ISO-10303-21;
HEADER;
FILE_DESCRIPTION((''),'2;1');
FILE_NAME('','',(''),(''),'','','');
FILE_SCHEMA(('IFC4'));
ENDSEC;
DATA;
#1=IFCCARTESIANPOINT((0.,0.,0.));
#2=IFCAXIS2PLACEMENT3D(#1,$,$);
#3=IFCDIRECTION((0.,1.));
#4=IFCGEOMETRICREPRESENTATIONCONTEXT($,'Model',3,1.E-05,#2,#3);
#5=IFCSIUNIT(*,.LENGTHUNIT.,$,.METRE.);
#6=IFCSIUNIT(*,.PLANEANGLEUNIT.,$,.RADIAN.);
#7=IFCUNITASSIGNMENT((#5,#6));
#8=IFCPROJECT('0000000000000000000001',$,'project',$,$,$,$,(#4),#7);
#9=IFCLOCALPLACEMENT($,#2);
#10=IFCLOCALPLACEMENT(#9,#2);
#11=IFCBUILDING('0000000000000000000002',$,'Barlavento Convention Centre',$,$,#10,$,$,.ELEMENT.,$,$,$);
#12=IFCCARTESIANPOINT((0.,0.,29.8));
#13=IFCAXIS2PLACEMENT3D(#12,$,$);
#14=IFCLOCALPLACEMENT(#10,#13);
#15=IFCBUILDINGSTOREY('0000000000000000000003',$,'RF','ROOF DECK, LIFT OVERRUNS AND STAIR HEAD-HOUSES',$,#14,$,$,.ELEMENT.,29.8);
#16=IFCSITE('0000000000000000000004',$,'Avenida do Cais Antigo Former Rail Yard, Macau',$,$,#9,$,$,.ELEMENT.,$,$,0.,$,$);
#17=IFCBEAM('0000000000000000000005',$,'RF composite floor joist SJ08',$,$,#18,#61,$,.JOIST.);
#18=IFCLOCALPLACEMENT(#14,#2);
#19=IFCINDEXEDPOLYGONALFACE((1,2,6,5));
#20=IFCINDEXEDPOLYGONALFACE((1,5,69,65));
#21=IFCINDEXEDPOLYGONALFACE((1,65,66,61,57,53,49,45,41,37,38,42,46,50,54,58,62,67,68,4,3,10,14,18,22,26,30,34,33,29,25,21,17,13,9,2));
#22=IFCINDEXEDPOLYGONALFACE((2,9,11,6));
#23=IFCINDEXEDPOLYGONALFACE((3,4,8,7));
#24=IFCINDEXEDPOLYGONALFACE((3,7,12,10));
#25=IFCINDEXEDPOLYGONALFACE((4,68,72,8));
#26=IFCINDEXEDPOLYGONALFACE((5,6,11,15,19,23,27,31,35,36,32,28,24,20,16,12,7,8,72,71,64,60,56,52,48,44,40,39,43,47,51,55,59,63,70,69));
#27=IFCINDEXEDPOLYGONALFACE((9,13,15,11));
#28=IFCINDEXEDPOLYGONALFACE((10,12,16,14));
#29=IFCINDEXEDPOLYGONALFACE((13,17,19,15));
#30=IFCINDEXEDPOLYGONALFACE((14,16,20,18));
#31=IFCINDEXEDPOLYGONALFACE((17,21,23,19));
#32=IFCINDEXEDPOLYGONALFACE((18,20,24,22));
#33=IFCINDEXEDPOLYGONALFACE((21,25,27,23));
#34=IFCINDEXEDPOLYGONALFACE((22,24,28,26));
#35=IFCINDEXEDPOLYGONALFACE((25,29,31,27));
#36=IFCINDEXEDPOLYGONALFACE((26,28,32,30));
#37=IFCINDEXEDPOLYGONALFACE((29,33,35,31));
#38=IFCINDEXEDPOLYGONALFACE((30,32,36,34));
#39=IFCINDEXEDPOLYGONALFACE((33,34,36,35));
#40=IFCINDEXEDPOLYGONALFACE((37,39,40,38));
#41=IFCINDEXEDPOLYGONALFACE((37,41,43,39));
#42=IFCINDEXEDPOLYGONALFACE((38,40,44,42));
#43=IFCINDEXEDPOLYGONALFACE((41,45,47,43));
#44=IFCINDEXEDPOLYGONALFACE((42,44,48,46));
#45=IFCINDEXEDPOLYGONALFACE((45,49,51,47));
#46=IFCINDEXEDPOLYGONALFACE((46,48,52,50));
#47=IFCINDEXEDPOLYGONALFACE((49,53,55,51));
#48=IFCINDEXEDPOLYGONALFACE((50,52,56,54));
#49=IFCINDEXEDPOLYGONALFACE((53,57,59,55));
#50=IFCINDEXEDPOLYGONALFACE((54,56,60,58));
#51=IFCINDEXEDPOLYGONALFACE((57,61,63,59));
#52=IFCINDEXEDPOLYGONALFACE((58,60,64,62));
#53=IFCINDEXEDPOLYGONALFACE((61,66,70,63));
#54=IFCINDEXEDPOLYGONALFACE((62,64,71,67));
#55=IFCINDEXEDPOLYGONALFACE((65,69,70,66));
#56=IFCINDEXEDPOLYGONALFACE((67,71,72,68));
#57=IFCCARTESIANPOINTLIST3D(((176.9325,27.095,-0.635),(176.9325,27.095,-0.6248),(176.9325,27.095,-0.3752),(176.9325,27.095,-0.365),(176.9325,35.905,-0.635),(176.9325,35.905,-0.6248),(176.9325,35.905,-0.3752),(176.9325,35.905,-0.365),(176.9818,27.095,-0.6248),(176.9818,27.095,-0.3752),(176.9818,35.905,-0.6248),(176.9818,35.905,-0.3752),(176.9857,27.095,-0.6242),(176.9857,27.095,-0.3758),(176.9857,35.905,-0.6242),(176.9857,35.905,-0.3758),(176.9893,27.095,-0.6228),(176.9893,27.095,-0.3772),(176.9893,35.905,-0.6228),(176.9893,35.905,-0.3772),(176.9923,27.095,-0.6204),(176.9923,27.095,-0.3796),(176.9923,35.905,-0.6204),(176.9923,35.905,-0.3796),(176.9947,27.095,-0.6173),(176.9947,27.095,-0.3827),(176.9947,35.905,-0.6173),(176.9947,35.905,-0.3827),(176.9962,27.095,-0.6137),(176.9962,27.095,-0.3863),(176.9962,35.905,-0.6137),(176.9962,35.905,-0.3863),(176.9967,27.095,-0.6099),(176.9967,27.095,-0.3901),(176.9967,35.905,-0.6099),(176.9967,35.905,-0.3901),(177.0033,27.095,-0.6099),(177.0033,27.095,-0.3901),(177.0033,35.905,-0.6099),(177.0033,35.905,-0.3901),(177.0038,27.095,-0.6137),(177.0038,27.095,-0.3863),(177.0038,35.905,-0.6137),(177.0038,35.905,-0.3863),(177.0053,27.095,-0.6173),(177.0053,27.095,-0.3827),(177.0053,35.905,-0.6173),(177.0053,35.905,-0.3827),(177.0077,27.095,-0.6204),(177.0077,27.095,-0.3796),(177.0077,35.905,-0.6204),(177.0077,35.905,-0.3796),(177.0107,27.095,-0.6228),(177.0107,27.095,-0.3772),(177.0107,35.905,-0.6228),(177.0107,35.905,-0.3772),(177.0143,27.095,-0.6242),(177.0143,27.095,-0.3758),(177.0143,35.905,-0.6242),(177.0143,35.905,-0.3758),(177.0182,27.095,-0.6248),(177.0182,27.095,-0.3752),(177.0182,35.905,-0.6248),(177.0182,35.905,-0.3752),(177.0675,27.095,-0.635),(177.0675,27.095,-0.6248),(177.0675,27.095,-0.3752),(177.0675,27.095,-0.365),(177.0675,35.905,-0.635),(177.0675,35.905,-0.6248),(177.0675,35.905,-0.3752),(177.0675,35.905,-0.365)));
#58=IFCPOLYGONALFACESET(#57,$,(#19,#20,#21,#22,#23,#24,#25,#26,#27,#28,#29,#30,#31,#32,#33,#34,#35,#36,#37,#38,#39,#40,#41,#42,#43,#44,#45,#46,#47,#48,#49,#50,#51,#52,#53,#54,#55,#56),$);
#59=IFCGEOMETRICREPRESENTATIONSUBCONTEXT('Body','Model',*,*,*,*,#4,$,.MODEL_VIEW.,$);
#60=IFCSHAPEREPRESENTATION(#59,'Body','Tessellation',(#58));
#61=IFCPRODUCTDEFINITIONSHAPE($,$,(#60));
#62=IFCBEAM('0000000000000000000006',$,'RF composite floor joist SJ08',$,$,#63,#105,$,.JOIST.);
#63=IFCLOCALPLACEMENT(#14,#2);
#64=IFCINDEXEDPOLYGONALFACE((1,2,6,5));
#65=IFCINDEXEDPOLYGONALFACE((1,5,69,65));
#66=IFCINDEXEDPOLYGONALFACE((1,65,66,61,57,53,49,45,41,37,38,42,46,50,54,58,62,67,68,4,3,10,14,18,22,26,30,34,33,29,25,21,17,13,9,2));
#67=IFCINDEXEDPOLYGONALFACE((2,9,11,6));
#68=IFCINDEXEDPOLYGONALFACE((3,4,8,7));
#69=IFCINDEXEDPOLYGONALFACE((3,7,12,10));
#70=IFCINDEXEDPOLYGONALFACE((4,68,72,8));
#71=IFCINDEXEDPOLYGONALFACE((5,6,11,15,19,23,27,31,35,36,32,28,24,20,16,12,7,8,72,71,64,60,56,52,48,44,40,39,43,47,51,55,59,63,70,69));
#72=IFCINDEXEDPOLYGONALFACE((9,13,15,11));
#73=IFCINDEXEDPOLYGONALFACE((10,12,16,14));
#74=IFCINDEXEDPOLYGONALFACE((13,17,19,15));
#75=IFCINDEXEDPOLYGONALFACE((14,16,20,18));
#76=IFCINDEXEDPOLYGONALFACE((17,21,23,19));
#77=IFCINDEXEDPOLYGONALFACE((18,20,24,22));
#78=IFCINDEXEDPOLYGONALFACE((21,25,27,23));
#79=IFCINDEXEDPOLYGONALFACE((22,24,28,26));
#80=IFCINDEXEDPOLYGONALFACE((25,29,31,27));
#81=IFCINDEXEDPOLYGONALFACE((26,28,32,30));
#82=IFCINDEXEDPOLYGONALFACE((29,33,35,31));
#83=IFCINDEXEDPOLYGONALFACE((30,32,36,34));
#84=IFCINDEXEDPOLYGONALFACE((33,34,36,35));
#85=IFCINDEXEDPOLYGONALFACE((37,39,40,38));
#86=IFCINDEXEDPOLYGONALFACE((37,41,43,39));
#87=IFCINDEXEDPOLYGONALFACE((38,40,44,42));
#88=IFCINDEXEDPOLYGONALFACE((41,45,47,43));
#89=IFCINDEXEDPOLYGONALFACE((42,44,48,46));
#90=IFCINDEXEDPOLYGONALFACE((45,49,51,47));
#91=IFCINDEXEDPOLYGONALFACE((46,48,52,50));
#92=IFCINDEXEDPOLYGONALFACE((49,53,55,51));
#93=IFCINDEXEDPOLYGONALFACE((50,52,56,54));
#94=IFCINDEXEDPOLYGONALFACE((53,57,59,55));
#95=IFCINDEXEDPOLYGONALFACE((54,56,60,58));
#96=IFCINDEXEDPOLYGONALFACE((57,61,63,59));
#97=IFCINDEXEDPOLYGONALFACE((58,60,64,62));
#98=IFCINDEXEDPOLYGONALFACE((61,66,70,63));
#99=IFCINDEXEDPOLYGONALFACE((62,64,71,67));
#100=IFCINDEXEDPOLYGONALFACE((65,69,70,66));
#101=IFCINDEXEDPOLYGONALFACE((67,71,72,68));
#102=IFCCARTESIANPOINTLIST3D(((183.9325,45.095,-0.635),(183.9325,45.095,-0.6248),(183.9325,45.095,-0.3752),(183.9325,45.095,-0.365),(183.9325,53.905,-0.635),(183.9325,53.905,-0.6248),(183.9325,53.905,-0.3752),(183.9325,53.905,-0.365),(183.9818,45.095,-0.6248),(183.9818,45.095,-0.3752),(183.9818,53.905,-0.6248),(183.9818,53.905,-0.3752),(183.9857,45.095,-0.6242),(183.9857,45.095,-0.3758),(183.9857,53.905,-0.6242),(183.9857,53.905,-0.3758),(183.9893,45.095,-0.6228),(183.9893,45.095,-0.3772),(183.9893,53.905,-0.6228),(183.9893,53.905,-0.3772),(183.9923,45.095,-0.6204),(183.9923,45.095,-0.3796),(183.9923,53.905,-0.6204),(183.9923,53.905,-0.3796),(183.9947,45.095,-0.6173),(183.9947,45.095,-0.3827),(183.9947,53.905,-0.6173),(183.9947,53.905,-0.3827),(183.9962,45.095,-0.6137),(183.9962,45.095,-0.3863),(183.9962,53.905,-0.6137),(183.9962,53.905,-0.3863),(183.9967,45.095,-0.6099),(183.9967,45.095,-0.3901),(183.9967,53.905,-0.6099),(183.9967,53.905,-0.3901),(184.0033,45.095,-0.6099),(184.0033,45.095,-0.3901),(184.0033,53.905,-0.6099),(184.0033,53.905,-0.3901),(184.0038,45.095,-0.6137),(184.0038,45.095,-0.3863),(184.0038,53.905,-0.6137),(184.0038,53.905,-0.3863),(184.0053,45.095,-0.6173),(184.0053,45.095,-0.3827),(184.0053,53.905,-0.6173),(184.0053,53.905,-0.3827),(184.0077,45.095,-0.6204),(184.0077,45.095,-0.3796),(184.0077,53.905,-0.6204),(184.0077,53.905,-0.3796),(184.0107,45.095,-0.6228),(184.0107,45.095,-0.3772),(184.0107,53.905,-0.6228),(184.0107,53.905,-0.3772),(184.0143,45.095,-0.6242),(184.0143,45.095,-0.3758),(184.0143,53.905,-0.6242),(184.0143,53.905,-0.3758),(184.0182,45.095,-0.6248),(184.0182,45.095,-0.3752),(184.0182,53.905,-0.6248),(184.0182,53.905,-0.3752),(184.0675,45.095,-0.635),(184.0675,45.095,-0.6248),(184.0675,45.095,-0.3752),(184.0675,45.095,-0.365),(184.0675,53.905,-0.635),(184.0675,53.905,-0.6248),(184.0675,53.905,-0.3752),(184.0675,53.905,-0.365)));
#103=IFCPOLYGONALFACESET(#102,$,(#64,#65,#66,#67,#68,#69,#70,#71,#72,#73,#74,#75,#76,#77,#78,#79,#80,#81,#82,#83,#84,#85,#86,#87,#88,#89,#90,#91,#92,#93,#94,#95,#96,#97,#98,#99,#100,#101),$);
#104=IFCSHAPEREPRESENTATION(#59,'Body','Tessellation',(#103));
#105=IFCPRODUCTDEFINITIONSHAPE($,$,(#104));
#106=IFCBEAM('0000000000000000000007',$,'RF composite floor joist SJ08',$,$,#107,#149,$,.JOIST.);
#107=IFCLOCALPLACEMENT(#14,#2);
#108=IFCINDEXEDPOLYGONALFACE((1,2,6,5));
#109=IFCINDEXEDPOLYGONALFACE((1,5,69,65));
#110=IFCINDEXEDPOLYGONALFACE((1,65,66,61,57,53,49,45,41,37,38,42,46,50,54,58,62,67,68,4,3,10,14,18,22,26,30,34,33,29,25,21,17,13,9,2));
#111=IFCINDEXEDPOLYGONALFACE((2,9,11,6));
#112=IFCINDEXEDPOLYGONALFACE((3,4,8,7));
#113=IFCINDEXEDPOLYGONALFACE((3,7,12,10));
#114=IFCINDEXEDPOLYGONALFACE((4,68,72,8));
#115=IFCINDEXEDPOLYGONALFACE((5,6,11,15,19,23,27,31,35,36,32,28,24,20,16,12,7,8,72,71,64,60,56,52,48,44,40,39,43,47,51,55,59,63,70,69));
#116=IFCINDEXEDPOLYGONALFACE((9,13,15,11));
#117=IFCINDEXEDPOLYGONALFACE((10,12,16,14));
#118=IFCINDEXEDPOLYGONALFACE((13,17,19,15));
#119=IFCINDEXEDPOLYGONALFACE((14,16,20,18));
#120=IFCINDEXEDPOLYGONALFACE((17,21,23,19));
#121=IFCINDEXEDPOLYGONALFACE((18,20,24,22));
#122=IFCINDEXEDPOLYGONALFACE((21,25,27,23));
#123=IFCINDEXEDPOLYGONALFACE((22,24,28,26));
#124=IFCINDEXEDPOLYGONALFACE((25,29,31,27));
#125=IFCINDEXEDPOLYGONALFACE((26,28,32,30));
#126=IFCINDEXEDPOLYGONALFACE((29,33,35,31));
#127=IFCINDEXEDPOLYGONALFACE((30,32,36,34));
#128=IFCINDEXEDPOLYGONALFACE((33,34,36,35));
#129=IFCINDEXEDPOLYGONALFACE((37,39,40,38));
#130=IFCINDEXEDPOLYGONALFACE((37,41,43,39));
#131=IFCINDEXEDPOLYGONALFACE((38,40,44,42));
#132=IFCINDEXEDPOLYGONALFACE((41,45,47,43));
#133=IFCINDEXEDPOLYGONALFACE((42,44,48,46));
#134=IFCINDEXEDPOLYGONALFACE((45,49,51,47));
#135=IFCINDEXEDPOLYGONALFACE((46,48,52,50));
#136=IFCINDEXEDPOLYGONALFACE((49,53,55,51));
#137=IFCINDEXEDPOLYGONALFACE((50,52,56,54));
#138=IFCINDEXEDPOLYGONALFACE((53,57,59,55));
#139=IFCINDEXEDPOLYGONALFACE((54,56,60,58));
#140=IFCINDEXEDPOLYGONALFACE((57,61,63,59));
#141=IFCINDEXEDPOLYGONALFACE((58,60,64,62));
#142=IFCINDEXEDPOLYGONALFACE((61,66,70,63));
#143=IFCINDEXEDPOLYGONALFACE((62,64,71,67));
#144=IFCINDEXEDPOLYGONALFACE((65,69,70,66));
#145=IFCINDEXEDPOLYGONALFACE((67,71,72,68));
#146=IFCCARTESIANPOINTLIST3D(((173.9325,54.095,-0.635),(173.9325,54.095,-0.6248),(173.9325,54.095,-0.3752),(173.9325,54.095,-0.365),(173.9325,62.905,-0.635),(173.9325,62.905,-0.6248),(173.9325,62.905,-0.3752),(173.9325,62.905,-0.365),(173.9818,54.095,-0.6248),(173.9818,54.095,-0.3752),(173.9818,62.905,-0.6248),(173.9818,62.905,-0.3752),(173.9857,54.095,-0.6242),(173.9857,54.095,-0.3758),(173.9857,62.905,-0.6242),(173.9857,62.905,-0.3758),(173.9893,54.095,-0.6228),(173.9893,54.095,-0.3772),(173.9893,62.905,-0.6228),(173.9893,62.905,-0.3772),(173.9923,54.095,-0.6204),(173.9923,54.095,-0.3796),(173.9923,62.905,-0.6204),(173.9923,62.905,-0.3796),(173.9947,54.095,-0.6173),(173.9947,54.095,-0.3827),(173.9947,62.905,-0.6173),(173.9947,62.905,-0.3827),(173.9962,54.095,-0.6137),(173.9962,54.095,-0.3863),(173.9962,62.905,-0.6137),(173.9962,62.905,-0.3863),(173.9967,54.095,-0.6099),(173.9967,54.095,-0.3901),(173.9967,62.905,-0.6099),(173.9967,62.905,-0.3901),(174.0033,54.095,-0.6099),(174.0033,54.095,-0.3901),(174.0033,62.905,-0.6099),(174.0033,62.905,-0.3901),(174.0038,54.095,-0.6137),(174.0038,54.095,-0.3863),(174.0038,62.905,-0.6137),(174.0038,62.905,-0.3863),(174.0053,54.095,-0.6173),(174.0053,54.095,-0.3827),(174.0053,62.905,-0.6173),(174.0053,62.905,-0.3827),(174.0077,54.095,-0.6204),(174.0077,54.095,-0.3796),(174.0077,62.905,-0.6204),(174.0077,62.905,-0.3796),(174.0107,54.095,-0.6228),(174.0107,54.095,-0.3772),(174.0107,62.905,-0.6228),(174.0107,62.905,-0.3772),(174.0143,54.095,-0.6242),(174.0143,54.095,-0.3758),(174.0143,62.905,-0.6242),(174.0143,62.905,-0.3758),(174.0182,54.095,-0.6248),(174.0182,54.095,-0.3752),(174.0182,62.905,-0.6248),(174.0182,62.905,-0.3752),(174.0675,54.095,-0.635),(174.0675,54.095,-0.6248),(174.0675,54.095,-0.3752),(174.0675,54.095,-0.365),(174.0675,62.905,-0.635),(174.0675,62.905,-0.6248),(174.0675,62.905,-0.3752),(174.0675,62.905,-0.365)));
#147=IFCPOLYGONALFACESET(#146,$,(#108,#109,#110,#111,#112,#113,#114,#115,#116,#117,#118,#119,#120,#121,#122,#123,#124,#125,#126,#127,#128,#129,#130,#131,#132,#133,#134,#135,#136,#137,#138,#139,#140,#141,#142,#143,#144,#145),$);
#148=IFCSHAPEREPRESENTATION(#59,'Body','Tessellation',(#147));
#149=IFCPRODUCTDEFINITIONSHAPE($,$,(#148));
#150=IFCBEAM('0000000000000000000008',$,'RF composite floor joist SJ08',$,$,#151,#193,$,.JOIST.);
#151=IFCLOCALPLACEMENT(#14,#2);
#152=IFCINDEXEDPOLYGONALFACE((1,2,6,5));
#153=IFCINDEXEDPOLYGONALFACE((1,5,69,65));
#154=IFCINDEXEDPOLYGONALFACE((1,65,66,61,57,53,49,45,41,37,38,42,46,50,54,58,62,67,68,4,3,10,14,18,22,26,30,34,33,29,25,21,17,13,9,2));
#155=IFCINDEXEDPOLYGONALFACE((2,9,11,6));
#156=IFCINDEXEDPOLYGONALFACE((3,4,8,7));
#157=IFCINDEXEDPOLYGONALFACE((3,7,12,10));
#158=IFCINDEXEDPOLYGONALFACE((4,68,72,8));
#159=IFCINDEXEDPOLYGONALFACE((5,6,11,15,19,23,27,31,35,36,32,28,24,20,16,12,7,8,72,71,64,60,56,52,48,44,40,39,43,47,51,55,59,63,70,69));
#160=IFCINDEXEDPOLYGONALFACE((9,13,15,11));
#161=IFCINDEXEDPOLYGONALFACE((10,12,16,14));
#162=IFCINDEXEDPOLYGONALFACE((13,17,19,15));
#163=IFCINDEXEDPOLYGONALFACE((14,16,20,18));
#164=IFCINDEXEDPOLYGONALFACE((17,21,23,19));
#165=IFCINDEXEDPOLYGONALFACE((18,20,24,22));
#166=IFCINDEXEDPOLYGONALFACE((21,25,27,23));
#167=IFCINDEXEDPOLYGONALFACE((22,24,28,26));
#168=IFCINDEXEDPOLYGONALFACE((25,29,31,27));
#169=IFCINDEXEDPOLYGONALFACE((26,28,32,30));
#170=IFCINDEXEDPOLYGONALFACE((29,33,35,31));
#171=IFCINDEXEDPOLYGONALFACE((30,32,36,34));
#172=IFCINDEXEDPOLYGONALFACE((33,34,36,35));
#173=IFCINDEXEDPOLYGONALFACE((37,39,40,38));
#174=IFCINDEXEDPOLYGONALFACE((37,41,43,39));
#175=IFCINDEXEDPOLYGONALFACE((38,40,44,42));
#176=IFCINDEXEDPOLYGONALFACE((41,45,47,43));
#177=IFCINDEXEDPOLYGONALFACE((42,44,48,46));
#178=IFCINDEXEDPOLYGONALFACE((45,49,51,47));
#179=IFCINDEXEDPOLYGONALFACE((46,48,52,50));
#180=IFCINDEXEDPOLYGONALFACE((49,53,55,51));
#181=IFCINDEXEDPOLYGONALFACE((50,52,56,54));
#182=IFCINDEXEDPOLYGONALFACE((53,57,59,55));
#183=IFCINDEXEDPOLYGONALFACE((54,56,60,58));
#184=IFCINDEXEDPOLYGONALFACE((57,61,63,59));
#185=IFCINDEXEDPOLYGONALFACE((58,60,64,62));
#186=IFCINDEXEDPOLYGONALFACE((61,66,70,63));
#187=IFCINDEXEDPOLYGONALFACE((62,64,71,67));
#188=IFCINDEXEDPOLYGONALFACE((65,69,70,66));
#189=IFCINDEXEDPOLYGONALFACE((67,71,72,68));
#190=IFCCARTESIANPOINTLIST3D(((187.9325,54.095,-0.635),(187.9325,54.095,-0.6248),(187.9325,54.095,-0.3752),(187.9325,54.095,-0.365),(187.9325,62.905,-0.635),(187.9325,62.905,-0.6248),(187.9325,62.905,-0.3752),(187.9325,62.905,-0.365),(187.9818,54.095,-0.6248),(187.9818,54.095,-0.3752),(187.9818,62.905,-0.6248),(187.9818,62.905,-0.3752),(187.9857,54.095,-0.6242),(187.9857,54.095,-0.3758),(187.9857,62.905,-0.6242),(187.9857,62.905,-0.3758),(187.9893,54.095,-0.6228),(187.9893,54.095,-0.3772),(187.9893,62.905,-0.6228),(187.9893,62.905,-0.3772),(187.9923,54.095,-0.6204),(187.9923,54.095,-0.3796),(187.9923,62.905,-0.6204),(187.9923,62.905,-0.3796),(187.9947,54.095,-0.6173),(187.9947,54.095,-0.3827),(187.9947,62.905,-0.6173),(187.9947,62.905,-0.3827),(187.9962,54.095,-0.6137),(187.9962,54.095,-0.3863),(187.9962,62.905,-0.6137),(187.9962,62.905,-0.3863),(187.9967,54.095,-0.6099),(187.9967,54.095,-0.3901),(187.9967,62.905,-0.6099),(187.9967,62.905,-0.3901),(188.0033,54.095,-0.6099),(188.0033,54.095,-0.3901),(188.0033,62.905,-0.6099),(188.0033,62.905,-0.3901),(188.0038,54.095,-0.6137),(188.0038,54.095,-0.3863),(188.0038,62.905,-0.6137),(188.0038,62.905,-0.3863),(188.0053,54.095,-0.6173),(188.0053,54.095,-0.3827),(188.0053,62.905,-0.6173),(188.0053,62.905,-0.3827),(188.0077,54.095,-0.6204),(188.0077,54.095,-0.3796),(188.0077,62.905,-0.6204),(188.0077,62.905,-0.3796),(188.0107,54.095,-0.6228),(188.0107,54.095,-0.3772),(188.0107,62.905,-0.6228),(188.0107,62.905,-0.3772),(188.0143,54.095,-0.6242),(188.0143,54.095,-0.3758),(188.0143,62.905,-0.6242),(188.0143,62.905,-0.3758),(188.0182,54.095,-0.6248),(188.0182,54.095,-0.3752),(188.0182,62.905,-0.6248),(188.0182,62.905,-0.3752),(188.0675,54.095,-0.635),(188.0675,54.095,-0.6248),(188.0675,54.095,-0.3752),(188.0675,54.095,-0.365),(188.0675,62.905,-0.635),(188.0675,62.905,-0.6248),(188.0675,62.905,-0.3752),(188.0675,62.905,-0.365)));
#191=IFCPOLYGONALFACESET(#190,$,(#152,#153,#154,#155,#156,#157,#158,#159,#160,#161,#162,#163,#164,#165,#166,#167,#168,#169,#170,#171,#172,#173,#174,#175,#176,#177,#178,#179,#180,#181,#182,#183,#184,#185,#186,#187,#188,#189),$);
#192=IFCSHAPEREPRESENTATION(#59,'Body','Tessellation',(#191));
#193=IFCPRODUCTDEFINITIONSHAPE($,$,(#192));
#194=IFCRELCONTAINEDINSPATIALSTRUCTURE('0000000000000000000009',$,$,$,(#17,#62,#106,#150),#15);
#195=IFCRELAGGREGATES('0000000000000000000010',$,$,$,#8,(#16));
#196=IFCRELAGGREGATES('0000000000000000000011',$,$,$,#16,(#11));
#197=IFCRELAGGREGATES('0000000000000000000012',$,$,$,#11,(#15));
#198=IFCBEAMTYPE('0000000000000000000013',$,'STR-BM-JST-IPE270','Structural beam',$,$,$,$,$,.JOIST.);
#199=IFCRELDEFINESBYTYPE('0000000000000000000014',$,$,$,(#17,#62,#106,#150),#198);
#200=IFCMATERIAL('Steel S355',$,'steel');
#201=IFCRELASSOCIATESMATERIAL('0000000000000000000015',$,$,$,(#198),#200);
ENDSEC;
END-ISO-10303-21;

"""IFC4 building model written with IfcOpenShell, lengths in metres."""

from ifc_helpers import new_model, si_unit, direction, frame, origin, origin_2d, place, context, subcontext, project, spatial, i_section, extrude, material, material_profile, profile_set, type_object, element, save


model = new_model("IFC4")

# Units and contexts
model_context = context("Model", 3, precision=1e-05, world=origin(), true_north=direction((0.0, 1.0)))
body_context = subcontext(model_context, "Body", "Model", "MODEL_VIEW")
ifc_project = project(units=[si_unit("LENGTHUNIT", "METRE"), si_unit("PLANEANGLEUNIT", "RADIAN")], contexts=[model_context])

# Site, building, storey
site_placement = place(None, origin())
site = spatial("IfcSite", under=ifc_project, at=site_placement, Name="Avenida do Cais Antigo Former Rail Yard, Macau", CompositionType="ELEMENT", RefElevation=0.0)
building_placement = place(site_placement, origin())
building = spatial("IfcBuilding", under=site, at=building_placement, Name="Barlavento Convention Centre", CompositionType="ELEMENT")
storey_placement = place(building_placement, frame((0.0, 0.0, 29.8)))
storey = spatial("IfcBuildingStorey", under=building, at=storey_placement, Name="RF", Description="ROOF DECK, LIFT OVERRUNS AND STAIR HEAD-HOUSES", CompositionType="ELEMENT", Elevation=29.8)

# Beams
ifc_material_1 = material(Name="Steel S355", Category="steel")
ifc_material_profile_1 = material_profile(ifc_material_1, i_section(OverallWidth=0.135, OverallDepth=0.27, WebThickness=0.0066, FlangeThickness=0.0103, FilletRadius=0.0149, at=origin_2d()), Name="IPE 270")
ifc_profile_set_1 = profile_set([ifc_material_profile_1], Name="Steel S355")
beam_type_1 = type_object("IfcBeamType", Name="STR-BM-JST-IPE270", Description="Structural beam", PredefinedType="JOIST", material=ifc_profile_set_1)
for number, where, z_axis, x_axis, name in (
    (1, (177.0, 27.095, -0.5), (0.0, 1.0, 0.0), (-1.0, 0.0, 0.0), "RF composite floor joist SJ08"),
    (2, (184.0, 45.095, -0.5), (0.0, 1.0, 0.0), (-1.0, 0.0, 0.0), "RF composite floor joist SJ08"),
    (3, (174.0, 54.095, -0.5), (0.0, 1.0, 0.0), (-1.0, 0.0, 0.0), "RF composite floor joist SJ08"),
    (4, (188.0, 54.095, -0.5), (0.0, 1.0, 0.0), (-1.0, 0.0, 0.0), "RF composite floor joist SJ08"),
):
    element("IfcBeam", number, at=place(storey_placement, frame(where, z_axis=z_axis, x_axis=x_axis)), inside=storey, type_object=beam_type_1, Name=name, PredefinedType="JOIST", context=body_context, shape_type="SweptSolid", body=[
        extrude(i_section(OverallWidth=0.135, OverallDepth=0.27, WebThickness=0.0066, FlangeThickness=0.0103, FilletRadius=0.0149, at=origin_2d()), origin(), (0.0, 0.0, 1.0), 8.8101),
    ])

save(model, "model.ifc")
